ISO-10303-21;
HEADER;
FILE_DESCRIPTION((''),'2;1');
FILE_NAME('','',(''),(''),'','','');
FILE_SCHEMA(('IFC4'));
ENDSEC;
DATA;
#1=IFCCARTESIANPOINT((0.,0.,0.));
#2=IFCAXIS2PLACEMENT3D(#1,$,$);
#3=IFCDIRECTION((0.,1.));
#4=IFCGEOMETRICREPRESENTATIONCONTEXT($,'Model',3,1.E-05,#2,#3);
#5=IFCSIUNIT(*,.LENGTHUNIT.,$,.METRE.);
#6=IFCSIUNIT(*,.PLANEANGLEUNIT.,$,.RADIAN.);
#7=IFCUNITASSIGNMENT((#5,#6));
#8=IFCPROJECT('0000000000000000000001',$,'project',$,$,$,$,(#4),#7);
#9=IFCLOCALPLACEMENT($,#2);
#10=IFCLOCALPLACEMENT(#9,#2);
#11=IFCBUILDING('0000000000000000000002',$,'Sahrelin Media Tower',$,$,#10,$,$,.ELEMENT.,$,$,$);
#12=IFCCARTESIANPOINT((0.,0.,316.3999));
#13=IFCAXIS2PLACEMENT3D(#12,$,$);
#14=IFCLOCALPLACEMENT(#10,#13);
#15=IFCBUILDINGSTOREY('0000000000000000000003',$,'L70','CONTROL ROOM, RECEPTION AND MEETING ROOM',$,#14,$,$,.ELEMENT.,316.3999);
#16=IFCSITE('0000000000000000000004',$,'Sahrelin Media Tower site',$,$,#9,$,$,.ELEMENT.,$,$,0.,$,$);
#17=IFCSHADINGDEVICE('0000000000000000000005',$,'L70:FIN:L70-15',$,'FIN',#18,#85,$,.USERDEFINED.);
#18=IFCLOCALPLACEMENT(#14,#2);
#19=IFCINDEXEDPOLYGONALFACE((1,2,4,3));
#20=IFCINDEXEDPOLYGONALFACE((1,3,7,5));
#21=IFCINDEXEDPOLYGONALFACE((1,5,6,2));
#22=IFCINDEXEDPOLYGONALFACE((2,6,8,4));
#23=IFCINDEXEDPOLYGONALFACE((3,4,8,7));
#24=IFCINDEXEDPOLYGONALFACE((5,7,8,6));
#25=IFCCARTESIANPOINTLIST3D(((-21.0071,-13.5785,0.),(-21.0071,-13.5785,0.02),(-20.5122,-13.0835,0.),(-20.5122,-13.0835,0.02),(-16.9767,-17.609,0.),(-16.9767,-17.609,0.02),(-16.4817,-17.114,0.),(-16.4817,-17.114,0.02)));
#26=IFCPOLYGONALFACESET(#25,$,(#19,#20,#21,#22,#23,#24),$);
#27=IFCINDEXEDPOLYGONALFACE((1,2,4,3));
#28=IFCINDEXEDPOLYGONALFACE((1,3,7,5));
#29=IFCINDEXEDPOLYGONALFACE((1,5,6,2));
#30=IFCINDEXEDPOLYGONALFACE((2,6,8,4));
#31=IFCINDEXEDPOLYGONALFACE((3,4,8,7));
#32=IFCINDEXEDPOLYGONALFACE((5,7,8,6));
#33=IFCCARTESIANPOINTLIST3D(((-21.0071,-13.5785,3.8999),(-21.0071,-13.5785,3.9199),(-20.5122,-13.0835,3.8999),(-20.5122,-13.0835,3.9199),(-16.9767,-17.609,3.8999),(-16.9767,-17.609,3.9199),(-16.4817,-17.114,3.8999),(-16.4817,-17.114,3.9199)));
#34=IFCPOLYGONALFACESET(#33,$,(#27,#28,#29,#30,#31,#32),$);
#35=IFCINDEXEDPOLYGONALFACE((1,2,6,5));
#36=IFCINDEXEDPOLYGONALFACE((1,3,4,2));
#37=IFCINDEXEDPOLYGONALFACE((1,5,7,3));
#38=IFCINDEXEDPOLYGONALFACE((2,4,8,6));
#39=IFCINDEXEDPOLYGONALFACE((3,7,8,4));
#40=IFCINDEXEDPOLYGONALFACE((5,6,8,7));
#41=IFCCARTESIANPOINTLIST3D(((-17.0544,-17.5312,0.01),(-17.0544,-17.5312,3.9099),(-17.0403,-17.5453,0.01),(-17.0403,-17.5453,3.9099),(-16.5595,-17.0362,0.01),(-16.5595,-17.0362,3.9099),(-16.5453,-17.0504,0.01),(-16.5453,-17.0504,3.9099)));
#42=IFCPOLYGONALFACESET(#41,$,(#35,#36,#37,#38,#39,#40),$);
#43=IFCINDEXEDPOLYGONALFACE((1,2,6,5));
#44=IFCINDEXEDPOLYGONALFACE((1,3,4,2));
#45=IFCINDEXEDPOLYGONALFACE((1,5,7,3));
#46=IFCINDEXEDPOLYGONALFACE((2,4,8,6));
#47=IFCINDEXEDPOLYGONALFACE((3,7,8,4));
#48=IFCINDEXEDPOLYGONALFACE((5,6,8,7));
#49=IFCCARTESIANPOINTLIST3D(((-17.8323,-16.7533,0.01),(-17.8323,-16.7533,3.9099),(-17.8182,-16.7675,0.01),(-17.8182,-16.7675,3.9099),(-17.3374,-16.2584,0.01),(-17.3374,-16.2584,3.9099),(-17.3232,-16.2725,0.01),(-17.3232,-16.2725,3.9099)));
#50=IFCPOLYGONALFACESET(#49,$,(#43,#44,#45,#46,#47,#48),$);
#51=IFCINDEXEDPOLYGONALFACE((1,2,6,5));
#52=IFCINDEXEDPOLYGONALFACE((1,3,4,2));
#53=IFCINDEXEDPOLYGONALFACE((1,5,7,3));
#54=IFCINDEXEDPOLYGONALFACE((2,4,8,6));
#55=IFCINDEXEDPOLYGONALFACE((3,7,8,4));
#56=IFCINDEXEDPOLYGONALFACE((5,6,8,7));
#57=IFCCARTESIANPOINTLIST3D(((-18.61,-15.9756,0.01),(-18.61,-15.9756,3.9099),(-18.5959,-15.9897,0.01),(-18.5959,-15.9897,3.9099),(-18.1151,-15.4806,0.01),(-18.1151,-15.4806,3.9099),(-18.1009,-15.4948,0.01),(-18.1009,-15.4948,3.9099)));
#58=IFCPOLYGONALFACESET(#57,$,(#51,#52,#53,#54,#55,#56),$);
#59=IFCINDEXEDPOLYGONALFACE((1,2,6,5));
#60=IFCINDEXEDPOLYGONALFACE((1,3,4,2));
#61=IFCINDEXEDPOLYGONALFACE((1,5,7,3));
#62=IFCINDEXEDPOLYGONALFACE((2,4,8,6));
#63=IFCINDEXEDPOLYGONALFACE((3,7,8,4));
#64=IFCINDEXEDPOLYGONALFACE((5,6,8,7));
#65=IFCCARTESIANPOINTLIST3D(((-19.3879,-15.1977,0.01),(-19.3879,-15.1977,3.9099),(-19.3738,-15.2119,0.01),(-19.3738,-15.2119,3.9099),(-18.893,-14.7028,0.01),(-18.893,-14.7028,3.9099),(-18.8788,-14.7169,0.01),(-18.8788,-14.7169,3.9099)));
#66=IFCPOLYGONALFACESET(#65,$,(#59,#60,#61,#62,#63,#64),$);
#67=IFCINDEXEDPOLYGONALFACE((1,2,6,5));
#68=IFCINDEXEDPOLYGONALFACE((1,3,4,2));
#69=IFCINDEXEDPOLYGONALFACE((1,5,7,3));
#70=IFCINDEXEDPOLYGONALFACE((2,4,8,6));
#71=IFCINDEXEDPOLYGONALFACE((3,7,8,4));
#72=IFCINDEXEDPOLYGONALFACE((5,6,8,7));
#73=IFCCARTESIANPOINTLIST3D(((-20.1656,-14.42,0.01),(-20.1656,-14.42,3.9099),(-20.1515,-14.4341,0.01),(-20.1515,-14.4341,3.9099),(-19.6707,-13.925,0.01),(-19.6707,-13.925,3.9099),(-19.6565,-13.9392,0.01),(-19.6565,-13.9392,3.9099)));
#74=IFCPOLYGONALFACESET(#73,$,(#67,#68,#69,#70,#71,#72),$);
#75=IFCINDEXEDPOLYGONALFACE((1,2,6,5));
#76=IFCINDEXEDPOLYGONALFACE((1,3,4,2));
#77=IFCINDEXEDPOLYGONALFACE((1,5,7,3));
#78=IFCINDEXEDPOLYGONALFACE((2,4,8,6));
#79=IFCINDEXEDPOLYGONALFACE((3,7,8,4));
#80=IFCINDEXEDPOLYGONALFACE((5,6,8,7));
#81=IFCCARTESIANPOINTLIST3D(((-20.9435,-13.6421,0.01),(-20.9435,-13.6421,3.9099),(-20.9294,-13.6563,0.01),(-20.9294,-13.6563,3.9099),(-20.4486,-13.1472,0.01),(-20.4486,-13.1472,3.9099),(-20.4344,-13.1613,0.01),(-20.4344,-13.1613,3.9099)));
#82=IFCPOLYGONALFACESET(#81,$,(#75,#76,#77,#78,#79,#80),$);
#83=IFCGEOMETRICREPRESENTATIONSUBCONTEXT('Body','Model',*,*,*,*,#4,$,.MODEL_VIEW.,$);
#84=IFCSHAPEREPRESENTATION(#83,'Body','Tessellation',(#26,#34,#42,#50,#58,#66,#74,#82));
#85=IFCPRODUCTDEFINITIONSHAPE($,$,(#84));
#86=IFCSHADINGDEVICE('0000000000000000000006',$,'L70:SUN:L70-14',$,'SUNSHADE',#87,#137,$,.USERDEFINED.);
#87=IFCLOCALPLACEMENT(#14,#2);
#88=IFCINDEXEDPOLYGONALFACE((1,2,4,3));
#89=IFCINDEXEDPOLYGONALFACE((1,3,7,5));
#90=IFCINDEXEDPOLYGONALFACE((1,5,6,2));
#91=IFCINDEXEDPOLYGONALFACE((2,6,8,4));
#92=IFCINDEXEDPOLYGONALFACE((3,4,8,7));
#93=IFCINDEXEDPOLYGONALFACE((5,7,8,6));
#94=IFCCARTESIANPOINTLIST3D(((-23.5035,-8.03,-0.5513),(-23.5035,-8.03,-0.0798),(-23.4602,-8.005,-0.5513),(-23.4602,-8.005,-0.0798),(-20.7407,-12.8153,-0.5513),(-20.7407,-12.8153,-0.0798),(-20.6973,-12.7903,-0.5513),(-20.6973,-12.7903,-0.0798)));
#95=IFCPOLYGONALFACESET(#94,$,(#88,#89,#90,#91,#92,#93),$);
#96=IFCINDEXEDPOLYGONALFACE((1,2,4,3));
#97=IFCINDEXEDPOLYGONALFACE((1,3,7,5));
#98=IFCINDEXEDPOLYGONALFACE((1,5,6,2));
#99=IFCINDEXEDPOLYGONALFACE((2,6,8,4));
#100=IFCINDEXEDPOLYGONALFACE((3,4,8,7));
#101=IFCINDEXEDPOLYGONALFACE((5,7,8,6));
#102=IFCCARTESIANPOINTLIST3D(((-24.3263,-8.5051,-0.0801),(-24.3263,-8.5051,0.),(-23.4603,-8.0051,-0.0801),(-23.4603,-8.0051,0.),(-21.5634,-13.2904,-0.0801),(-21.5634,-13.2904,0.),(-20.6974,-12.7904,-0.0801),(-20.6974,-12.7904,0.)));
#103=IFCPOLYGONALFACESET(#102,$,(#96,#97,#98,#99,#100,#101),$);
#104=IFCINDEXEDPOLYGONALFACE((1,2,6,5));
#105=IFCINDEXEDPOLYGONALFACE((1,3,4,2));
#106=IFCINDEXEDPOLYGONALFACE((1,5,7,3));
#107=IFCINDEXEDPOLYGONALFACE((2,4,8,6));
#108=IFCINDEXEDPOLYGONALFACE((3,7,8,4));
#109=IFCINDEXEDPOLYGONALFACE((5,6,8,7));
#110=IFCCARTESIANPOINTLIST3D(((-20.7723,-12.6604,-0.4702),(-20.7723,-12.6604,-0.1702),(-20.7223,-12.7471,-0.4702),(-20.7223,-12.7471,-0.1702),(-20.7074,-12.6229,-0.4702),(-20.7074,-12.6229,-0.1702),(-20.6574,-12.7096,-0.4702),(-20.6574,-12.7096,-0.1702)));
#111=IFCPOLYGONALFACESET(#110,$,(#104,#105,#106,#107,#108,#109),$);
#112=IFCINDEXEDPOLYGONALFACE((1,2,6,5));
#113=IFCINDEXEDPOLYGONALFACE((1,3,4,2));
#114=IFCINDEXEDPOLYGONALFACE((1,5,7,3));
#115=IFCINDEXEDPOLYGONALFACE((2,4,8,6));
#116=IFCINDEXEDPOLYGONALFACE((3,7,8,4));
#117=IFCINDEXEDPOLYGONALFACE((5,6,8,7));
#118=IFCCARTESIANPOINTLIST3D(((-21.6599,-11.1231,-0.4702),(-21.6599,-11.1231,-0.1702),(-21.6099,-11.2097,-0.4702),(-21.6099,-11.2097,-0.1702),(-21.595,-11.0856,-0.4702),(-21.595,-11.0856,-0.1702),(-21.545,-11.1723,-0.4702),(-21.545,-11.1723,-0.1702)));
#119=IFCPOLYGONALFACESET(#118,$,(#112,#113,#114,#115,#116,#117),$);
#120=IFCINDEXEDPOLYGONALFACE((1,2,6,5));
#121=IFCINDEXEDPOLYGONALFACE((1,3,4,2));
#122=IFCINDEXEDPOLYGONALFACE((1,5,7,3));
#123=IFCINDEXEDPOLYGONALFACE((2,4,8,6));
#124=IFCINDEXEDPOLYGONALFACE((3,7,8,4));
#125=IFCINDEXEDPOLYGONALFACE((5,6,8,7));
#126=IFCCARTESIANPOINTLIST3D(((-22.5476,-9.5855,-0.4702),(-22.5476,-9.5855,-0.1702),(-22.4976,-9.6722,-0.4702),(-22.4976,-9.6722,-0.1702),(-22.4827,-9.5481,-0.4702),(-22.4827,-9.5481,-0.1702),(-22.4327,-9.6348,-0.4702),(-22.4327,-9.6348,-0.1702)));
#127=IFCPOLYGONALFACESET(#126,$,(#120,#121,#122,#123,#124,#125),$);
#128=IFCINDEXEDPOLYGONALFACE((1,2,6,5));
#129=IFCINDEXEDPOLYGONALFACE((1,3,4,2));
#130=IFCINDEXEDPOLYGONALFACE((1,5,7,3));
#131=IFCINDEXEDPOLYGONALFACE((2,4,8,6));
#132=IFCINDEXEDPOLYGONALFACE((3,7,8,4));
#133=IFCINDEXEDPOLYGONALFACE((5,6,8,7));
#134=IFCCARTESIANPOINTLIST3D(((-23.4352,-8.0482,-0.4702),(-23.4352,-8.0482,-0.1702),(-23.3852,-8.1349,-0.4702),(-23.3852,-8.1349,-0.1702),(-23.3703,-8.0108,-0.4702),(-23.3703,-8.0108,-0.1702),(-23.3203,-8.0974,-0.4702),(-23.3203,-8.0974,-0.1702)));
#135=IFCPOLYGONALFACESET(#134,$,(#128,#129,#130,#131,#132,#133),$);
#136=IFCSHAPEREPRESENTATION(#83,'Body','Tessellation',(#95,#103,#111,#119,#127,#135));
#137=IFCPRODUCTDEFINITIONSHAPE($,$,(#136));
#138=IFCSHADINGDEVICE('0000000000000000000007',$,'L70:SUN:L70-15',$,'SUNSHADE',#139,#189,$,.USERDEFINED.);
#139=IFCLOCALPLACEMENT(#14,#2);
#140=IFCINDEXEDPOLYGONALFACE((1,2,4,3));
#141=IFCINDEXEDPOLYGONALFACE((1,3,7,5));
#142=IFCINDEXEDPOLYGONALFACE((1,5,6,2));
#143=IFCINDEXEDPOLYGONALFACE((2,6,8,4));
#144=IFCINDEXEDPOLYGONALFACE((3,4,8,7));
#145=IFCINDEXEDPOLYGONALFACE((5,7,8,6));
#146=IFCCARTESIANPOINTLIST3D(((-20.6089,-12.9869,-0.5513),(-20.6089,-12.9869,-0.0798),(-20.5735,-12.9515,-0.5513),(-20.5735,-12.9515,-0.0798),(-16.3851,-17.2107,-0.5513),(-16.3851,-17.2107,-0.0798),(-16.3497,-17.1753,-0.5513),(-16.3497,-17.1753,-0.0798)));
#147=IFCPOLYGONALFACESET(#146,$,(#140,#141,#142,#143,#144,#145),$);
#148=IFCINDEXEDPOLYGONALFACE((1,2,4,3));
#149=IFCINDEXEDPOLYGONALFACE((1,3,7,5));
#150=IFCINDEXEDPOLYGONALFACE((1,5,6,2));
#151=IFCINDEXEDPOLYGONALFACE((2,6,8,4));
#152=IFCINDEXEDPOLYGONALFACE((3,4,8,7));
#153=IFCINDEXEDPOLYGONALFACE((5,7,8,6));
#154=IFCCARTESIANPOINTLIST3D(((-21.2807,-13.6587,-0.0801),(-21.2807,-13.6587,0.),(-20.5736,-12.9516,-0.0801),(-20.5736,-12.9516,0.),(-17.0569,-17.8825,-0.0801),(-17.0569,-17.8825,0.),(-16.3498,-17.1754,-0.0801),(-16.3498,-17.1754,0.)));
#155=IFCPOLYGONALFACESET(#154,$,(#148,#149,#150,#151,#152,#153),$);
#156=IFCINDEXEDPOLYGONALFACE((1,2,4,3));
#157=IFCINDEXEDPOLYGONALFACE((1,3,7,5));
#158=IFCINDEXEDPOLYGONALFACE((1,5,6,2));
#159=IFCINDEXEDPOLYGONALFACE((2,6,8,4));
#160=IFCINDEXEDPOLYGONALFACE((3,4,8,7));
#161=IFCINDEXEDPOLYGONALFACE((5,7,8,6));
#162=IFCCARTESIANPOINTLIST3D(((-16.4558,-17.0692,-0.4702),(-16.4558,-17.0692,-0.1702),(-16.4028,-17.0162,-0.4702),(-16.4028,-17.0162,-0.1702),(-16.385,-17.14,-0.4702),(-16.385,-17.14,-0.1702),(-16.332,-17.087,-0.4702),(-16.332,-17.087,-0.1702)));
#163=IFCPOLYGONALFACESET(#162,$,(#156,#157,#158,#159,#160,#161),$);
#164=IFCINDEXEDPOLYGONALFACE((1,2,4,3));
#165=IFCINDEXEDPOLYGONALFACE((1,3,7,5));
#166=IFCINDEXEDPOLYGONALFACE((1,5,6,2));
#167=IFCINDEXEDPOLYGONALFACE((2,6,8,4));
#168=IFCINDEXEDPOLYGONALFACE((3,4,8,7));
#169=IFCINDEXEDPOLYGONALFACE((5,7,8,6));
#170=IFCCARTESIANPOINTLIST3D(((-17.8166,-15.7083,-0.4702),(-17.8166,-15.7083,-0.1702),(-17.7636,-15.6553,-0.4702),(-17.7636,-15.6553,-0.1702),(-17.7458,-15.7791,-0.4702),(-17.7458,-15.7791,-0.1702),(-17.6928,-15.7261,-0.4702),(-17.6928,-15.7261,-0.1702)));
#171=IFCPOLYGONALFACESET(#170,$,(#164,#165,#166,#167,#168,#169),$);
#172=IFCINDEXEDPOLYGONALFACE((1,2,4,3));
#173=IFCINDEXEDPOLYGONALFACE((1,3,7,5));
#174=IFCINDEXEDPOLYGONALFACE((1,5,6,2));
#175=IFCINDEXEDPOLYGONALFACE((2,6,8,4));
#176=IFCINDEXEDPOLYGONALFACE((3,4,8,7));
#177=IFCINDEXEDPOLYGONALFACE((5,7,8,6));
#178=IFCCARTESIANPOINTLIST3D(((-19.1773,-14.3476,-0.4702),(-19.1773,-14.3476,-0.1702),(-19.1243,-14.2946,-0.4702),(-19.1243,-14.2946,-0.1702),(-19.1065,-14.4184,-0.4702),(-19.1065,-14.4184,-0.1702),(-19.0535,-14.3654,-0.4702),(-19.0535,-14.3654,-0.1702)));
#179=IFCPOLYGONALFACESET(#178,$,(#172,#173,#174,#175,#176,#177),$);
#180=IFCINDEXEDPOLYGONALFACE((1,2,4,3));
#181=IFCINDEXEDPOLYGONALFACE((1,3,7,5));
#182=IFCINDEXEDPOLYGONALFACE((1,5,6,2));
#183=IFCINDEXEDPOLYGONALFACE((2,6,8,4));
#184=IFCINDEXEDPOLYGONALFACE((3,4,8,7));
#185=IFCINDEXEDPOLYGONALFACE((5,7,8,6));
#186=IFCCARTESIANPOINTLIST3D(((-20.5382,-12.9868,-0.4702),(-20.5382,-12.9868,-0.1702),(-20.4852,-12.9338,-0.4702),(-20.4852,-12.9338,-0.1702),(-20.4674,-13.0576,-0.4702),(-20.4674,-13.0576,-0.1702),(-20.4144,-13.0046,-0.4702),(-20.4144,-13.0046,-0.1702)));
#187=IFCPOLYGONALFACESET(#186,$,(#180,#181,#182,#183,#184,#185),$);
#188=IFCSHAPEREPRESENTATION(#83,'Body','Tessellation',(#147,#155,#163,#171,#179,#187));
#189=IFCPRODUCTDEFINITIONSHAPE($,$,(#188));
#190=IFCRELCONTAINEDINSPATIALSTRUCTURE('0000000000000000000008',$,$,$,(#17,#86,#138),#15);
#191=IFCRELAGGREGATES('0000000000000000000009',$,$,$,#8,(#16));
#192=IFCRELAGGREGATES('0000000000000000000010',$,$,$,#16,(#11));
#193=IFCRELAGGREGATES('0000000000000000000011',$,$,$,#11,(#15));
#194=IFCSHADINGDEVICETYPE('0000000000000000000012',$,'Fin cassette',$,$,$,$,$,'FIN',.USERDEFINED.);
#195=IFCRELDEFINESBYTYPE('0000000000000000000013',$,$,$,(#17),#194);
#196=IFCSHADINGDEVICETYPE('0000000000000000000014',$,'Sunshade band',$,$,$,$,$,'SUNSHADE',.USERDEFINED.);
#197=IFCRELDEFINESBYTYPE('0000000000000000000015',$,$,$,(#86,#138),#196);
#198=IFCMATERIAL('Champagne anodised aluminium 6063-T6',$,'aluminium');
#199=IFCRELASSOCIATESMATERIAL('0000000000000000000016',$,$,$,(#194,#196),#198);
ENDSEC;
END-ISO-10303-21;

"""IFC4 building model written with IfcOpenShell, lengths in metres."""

from ifc_helpers import new_model, si_unit, direction, frame, origin, origin_2d, place, context, subcontext, project, spatial, rectangle, extrude, material, type_object, element, save


model = new_model("IFC4")

# Units and contexts
model_context = context("Model", 3, precision=1e-05, world=origin(), true_north=direction((0.0, 1.0)))
body_context = subcontext(model_context, "Body", "Model", "MODEL_VIEW")
ifc_project = project(units=[si_unit("LENGTHUNIT", "METRE"), si_unit("PLANEANGLEUNIT", "RADIAN")], contexts=[model_context])

# Site, building, storey
site_placement = place(None, origin())
site = spatial("IfcSite", under=ifc_project, at=site_placement, Name="Sahrelin Media Tower site", CompositionType="ELEMENT", RefElevation=0.0)
building_placement = place(site_placement, origin())
building = spatial("IfcBuilding", under=site, at=building_placement, Name="Sahrelin Media Tower", CompositionType="ELEMENT")
storey_placement = place(building_placement, frame((0.0, 0.0, 316.3999)))
storey = spatial("IfcBuildingStorey", under=building, at=storey_placement, Name="L70", Description="CONTROL ROOM, RECEPTION AND MEETING ROOM", CompositionType="ELEMENT", Elevation=316.3999)

# Shared definitions
ifc_material_1 = material(Name="Champagne anodised aluminium 6063-T6", Category="aluminium")

# Shading devices
shading_device_type_1 = type_object("IfcShadingDeviceType", Name="Fin cassette", ElementType="FIN", PredefinedType="USERDEFINED", material=ifc_material_1)
placement_1 = place(storey_placement, frame((-22.0615, -10.3877, 0.0), z_axis=(0.0, 0.0, 1.0), x_axis=(-0.500011, 0.866019, 0.0)))
placement_2 = place(storey_placement, frame((-18.4475, -15.0493, 0.0), z_axis=(0.0, 0.0, 1.0), x_axis=(-0.707107, 0.707107, 0.0)))
element("IfcShadingDevice", 1, at=placement_2, inside=storey, type_object=shading_device_type_1, Name="L70:FIN:L70-15", ObjectType="FIN", PredefinedType="USERDEFINED", context=body_context, shape_type="SweptSolid", body=[
    extrude(rectangle(XDim=5.7, YDim=0.7, at=origin_2d()), frame((0.0, 0.4199, 0.0)), (0.0, 0.0, 1.0), 0.02),
    extrude(rectangle(XDim=5.7, YDim=0.7, at=origin_2d()), frame((0.0, 0.4199, 3.8999)), (0.0, 0.0, 1.0), 0.02),
    extrude(rectangle(XDim=0.02, YDim=0.7, at=origin_2d()), frame((-2.75, 0.4199, 0.01), z_axis=(0.0, 0.0, 1.0), x_axis=(1.0, 0.0, 0.0)), (0.0, 0.0, 1.0), 3.8999),
    extrude(rectangle(XDim=0.02, YDim=0.7, at=origin_2d()), frame((-1.6499, 0.4199, 0.01), z_axis=(0.0, 0.0, 1.0), x_axis=(1.0, 0.0, 0.0)), (0.0, 0.0, 1.0), 3.8999),
    extrude(rectangle(XDim=0.02, YDim=0.7, at=origin_2d()), frame((-0.55, 0.4199, 0.01), z_axis=(0.0, 0.0, 1.0), x_axis=(1.0, 0.0, 0.0)), (0.0, 0.0, 1.0), 3.8999),
    extrude(rectangle(XDim=0.02, YDim=0.7, at=origin_2d()), frame((0.55, 0.4199, 0.01), z_axis=(0.0, 0.0, 1.0), x_axis=(1.0, 0.0, 0.0)), (0.0, 0.0, 1.0), 3.8999),
    extrude(rectangle(XDim=0.02, YDim=0.7, at=origin_2d()), frame((1.6499, 0.4199, 0.01), z_axis=(0.0, 0.0, 1.0), x_axis=(1.0, 0.0, 0.0)), (0.0, 0.0, 1.0), 3.8999),
    extrude(rectangle(XDim=0.02, YDim=0.7, at=origin_2d()), frame((2.75, 0.4199, 0.01), z_axis=(0.0, 0.0, 1.0), x_axis=(1.0, 0.0, 0.0)), (0.0, 0.0, 1.0), 3.8999),
])
shading_device_type_2 = type_object("IfcShadingDeviceType", Name="Sunshade band", ElementType="SUNSHADE", PredefinedType="USERDEFINED", material=ifc_material_1)
element("IfcShadingDevice", 2, at=placement_1, inside=storey, type_object=shading_device_type_2, Name="L70:SUN:L70-14", ObjectType="SUNSHADE", PredefinedType="USERDEFINED", context=body_context, shape_type="SweptSolid", body=[
    extrude(rectangle(XDim=5.5256, YDim=0.05, at=origin_2d()), frame((0.0, 0.0449, -0.5513)), (0.0, 0.0, 1.0), 0.4714),
    extrude(rectangle(XDim=5.5256, YDim=1.0, at=origin_2d()), frame((0.0, 0.52, -0.0801)), (0.0, 0.0, 1.0), 0.0801),
    extrude(rectangle(XDim=0.1001, YDim=0.075, at=origin_2d()), frame((-2.6628, -0.0176, -0.4702)), (0.0, 0.0, 1.0), 0.3),
    extrude(rectangle(XDim=0.1001, YDim=0.075, at=origin_2d()), frame((-0.8877, -0.0176, -0.4702)), (0.0, 0.0, 1.0), 0.3),
    extrude(rectangle(XDim=0.1001, YDim=0.075, at=origin_2d()), frame((0.8877, -0.0176, -0.4702)), (0.0, 0.0, 1.0), 0.3),
    extrude(rectangle(XDim=0.1001, YDim=0.075, at=origin_2d()), frame((2.6628, -0.0176, -0.4702)), (0.0, 0.0, 1.0), 0.3),
])
element("IfcShadingDevice", 3, at=placement_2, inside=storey, type_object=shading_device_type_2, Name="L70:SUN:L70-15", ObjectType="SUNSHADE", PredefinedType="USERDEFINED", context=body_context, shape_type="SweptSolid", body=[
    extrude(rectangle(XDim=5.9734, YDim=0.05, at=origin_2d()), frame((0.0, 0.0449, -0.5513)), (0.0, 0.0, 1.0), 0.4714),
    extrude(rectangle(XDim=5.9734, YDim=1.0, at=origin_2d()), frame((0.0, 0.52, -0.0801)), (0.0, 0.0, 1.0), 0.0801),
    extrude(rectangle(XDim=0.1001, YDim=0.075, at=origin_2d()), frame((-2.8867, -0.0176, -0.4702)), (0.0, 0.0, 1.0), 0.3),
    extrude(rectangle(XDim=0.1001, YDim=0.075, at=origin_2d()), frame((-0.9622, -0.0176, -0.4702)), (0.0, 0.0, 1.0), 0.3),
    extrude(rectangle(XDim=0.1001, YDim=0.075, at=origin_2d()), frame((0.9622, -0.0176, -0.4702)), (0.0, 0.0, 1.0), 0.3),
    extrude(rectangle(XDim=0.1001, YDim=0.075, at=origin_2d()), frame((2.8867, -0.0176, -0.4702)), (0.0, 0.0, 1.0), 0.3),
])

save(model, "model.ifc")
